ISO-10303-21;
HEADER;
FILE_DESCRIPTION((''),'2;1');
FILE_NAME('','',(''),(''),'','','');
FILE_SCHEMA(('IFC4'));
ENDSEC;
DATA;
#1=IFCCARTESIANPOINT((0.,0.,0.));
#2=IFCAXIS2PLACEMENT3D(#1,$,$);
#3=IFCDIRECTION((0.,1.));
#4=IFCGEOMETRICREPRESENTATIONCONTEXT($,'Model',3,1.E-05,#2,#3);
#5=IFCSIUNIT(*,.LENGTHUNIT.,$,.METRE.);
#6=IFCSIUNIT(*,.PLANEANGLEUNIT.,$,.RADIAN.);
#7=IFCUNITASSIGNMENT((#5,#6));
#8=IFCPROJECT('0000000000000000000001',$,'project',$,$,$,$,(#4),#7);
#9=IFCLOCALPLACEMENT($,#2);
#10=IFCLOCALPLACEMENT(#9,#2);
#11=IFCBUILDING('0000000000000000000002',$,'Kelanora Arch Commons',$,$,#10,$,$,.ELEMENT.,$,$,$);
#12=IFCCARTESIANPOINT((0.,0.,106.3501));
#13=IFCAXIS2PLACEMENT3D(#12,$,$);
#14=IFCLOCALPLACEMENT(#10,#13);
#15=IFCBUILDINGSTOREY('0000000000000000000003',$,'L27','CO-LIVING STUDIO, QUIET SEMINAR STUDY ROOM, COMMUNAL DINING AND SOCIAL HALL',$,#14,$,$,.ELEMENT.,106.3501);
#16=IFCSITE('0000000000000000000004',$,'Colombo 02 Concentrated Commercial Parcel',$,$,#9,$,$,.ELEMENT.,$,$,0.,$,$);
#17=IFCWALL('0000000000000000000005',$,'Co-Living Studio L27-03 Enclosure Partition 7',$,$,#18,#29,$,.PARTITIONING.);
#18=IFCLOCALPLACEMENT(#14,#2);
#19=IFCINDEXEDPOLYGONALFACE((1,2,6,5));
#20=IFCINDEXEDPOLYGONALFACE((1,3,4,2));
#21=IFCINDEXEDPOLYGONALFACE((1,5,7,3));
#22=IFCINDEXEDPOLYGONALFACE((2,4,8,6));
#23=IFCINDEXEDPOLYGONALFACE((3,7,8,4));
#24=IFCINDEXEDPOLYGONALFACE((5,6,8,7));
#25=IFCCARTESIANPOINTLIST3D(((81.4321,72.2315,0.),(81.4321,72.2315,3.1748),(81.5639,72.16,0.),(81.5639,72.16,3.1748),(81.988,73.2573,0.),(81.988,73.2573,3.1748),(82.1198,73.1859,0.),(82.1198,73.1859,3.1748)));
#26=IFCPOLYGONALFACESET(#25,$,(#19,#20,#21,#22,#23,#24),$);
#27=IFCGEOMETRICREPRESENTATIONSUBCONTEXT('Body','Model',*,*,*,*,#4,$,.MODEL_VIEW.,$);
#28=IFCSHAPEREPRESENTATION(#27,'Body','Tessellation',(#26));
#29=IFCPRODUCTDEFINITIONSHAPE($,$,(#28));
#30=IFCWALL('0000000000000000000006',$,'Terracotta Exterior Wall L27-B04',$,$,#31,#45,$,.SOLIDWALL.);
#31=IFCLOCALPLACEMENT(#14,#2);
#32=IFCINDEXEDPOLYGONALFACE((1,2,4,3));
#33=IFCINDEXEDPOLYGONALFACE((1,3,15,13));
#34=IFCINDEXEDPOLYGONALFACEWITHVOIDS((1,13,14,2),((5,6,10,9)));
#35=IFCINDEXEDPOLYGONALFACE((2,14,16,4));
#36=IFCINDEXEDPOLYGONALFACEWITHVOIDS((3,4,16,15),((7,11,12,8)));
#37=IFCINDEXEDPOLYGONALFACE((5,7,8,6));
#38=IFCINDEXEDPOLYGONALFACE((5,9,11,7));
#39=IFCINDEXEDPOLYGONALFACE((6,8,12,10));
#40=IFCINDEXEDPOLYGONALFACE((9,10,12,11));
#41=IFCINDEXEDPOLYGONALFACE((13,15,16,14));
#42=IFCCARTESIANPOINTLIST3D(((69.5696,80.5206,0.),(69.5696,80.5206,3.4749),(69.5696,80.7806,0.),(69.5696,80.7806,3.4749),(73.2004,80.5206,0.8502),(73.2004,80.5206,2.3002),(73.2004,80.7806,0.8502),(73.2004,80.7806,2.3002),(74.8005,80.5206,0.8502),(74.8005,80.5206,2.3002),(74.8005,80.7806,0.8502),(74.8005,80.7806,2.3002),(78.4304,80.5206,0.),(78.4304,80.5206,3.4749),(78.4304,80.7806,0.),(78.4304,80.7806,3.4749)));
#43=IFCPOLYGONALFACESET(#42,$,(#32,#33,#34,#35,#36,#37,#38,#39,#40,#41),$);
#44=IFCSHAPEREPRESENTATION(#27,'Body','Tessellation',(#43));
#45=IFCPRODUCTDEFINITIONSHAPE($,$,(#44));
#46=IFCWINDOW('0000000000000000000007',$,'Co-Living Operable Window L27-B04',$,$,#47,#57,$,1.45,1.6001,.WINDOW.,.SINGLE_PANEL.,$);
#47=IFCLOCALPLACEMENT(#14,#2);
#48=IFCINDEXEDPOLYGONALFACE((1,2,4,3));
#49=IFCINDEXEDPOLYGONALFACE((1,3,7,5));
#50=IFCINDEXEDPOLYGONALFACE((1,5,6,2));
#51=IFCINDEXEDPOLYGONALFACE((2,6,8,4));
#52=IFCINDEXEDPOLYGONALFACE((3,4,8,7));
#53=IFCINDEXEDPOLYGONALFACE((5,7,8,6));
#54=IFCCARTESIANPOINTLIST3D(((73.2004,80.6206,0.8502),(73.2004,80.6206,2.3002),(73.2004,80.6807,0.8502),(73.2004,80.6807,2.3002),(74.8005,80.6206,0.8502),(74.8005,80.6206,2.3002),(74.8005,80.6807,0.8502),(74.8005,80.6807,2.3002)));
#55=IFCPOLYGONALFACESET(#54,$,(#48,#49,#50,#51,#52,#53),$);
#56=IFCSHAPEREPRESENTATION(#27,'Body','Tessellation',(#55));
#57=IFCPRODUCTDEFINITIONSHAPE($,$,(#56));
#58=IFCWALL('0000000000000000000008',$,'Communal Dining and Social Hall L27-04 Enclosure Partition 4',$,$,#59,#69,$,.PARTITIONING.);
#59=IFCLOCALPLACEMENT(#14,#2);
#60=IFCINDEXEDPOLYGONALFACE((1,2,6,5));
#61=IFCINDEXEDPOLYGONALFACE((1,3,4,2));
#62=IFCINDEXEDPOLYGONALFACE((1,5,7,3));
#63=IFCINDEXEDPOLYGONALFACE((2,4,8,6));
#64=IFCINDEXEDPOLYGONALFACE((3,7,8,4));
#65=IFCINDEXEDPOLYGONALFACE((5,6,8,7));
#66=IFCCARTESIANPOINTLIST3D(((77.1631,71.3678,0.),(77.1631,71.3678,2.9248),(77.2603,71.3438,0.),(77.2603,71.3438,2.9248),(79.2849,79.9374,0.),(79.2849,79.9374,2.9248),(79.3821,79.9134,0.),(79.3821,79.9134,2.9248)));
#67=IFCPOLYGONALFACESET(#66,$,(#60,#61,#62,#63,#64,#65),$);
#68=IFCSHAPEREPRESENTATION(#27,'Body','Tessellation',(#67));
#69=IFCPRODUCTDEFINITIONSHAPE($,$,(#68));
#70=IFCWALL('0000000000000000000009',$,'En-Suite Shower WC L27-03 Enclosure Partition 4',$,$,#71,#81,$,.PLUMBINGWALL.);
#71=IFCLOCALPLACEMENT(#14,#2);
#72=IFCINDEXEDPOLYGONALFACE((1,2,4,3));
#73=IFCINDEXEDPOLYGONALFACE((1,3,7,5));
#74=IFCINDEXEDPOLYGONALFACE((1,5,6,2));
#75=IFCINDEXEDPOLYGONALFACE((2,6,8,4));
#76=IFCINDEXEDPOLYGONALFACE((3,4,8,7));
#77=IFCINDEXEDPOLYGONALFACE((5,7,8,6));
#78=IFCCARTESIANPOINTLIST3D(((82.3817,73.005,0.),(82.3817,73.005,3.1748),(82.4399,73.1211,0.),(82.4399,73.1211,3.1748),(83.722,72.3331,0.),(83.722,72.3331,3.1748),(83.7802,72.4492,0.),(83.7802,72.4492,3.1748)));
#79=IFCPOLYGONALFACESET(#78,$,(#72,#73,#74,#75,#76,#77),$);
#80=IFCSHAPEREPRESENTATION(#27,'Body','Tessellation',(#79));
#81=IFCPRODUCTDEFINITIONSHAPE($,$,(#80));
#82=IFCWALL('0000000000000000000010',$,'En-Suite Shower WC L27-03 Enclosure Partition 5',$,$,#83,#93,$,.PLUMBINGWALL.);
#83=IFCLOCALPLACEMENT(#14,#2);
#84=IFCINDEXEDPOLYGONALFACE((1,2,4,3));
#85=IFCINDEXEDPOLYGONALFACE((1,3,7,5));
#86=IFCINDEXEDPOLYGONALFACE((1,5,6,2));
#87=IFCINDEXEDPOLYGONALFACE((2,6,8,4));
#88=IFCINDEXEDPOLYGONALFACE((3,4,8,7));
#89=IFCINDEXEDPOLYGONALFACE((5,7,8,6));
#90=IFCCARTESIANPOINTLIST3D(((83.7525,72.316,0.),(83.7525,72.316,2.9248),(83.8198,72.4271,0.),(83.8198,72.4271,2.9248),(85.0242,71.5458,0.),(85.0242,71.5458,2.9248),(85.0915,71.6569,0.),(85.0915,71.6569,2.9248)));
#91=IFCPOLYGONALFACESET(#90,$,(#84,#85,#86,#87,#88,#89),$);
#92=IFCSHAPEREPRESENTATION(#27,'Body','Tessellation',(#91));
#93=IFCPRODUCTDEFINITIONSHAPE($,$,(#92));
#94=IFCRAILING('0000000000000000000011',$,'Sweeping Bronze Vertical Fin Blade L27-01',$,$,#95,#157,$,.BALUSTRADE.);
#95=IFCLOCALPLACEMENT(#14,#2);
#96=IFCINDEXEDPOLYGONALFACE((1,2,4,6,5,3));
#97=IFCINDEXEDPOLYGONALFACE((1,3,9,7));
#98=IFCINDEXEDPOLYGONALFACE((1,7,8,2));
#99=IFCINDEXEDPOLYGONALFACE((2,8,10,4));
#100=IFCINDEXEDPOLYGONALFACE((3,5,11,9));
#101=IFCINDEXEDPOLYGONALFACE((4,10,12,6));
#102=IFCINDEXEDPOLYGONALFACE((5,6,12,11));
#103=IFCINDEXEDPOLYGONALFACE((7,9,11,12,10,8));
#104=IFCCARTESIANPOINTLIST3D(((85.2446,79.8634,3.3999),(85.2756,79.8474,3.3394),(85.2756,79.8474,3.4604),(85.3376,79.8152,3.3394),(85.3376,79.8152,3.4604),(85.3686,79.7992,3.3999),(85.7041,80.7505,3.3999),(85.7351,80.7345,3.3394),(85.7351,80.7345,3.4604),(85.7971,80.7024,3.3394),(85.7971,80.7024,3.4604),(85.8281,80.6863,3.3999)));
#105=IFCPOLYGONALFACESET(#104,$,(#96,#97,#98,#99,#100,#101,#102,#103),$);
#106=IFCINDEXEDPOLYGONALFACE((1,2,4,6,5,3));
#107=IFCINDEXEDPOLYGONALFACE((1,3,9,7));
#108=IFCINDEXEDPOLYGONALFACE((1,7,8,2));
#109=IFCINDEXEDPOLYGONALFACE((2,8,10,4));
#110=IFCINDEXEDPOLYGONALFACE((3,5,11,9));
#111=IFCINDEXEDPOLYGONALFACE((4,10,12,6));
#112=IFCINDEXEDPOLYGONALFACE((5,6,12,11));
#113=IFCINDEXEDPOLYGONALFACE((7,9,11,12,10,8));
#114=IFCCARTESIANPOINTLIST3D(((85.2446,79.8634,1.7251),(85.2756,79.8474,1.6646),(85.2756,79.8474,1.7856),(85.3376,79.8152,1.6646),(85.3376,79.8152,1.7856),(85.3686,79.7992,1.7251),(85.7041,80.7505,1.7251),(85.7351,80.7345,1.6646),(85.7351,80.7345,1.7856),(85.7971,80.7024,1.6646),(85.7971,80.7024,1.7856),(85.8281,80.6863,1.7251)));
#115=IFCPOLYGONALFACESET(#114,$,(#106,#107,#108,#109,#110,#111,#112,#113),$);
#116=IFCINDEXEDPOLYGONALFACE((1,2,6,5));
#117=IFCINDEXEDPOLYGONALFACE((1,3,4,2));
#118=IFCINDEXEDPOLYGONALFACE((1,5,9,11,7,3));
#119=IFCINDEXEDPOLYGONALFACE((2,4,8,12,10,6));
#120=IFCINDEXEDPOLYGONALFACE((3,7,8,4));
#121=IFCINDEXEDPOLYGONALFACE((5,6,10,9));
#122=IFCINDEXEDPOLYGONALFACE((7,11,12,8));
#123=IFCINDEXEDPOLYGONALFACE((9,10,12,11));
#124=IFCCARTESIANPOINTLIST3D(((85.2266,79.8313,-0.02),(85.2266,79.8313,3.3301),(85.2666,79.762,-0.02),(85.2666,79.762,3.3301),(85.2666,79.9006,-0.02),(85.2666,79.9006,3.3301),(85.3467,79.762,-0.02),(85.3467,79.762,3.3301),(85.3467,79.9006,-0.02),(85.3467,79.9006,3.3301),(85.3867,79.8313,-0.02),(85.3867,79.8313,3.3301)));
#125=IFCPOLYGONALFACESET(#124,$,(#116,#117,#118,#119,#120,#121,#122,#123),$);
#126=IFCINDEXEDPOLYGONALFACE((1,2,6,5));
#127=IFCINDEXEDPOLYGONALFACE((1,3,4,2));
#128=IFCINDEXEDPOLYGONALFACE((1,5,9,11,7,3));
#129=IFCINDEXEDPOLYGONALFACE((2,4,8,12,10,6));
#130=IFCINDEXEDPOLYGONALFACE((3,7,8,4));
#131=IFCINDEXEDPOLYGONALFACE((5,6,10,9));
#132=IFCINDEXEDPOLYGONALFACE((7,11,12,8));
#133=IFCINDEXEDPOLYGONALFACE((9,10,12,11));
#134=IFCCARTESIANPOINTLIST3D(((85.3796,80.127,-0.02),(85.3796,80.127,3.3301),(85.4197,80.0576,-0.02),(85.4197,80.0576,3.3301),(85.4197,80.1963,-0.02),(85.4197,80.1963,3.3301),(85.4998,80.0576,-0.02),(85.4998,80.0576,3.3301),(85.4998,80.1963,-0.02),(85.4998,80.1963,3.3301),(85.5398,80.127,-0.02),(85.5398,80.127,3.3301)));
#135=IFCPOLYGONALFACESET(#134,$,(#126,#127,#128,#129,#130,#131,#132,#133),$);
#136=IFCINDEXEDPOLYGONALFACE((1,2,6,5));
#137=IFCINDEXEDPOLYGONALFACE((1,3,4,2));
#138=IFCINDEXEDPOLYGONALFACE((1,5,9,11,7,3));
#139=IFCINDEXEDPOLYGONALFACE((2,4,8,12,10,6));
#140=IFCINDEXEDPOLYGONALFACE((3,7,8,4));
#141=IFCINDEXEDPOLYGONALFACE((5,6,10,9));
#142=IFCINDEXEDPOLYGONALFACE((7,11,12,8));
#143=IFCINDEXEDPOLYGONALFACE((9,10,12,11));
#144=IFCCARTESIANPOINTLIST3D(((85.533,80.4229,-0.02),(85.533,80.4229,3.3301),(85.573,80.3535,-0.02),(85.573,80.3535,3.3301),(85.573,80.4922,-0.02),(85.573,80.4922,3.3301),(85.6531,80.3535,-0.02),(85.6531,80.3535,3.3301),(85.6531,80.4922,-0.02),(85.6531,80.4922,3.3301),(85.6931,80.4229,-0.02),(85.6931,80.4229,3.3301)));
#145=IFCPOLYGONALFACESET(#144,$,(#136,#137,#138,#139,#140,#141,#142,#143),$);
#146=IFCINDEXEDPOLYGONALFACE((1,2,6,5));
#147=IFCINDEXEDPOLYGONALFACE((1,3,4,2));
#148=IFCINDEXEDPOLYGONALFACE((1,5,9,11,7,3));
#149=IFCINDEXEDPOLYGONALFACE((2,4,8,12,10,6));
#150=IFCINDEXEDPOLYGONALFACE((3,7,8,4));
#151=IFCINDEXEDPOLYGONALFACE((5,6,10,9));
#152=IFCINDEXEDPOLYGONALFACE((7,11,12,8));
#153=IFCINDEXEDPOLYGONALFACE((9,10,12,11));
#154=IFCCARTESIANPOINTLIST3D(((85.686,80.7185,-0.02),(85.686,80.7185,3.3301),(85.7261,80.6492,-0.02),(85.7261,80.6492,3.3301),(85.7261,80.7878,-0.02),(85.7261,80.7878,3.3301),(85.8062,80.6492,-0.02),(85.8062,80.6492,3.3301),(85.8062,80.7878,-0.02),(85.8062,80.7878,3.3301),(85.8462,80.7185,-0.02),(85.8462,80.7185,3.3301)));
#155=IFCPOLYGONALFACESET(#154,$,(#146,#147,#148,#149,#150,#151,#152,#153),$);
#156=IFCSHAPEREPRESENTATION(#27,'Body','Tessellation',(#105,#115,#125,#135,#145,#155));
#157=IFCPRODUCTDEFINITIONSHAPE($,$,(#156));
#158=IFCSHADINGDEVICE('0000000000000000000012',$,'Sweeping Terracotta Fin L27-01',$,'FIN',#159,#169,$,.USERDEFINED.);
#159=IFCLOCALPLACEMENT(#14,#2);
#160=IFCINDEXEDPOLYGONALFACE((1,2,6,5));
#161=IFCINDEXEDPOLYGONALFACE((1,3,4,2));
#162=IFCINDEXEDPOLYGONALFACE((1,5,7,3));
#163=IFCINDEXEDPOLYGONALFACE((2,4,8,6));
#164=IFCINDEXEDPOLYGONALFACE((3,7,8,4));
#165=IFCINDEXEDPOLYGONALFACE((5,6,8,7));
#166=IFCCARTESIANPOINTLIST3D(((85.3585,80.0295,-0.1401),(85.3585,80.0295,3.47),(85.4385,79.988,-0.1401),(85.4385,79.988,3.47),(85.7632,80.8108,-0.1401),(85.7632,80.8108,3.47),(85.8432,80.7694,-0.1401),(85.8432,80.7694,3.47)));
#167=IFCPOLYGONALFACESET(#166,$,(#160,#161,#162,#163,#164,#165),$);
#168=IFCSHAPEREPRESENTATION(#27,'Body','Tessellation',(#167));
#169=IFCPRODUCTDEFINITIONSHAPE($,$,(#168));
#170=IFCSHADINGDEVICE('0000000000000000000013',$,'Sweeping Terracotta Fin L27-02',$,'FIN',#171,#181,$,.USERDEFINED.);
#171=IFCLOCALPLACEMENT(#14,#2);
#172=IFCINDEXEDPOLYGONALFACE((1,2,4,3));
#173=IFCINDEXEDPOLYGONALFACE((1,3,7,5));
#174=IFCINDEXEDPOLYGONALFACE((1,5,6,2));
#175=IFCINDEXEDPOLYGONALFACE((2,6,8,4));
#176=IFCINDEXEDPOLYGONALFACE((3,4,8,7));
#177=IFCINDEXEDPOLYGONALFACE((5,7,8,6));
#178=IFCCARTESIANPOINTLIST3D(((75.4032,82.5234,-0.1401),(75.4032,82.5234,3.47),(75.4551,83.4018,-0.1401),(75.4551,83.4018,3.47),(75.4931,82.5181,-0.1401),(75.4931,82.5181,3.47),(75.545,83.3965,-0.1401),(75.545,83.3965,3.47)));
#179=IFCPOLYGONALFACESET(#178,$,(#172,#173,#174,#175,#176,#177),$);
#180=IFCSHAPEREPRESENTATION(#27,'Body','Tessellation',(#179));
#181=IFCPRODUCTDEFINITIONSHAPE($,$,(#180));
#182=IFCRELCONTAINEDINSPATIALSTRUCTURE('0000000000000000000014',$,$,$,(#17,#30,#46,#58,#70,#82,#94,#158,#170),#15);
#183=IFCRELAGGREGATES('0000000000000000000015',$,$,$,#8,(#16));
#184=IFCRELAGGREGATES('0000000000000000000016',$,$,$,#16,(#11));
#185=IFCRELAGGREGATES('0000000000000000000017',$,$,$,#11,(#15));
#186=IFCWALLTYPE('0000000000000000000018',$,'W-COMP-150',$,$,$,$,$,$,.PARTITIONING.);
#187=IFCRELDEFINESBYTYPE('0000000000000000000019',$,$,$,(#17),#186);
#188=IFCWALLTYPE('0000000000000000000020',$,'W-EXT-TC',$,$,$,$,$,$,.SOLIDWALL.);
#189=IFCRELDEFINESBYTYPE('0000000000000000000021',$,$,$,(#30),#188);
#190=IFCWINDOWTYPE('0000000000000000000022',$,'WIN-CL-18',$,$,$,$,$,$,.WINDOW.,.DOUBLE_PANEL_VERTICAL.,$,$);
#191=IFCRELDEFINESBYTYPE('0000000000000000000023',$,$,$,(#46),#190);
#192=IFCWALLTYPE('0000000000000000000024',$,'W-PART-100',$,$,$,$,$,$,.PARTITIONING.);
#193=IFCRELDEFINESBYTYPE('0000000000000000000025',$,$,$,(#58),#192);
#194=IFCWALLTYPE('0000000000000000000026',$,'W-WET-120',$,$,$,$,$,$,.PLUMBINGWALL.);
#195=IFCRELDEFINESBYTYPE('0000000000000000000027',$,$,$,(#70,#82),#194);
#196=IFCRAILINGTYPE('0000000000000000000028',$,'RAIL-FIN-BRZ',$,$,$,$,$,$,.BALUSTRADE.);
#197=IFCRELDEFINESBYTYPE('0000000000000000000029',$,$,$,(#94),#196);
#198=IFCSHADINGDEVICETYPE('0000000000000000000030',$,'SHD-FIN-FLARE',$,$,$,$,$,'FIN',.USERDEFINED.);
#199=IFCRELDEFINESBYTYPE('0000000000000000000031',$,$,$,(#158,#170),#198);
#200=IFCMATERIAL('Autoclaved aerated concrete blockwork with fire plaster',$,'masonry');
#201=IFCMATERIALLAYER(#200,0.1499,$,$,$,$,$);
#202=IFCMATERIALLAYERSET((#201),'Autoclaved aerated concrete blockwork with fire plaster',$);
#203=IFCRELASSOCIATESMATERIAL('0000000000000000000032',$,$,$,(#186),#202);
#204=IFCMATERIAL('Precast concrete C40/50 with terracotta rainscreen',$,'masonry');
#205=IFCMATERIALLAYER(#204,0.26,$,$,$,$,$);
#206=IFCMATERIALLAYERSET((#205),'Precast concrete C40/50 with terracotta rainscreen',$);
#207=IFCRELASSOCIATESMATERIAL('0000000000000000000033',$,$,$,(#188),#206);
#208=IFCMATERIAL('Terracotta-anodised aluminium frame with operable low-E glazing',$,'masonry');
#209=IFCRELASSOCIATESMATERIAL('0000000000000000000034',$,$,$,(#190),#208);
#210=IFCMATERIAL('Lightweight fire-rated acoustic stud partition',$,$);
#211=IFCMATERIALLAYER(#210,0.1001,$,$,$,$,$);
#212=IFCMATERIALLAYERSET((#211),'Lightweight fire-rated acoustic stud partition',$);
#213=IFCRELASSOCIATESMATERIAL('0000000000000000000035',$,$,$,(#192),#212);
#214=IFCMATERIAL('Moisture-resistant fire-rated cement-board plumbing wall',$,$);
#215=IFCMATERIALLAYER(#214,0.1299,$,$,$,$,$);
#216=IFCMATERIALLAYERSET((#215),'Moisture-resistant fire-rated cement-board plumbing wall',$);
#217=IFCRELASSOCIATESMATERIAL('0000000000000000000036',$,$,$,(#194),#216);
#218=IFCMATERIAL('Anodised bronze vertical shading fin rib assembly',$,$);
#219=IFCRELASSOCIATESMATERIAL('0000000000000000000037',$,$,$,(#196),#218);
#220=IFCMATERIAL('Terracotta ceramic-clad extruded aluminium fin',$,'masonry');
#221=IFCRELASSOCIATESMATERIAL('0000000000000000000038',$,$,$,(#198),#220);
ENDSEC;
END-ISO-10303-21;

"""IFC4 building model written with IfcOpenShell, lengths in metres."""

from ifc_helpers import new_model, si_unit, direction, frame, frame_2d, origin, origin_2d, place, context, subcontext, project, spatial, polyline, rectangle, outline, extrude, source, transform, mapped, material, layer, layer_set, type_object, element, fill, save


model = new_model("IFC4")

# Units and contexts
model_context = context("Model", 3, precision=1e-05, world=origin(), true_north=direction((0.0, 1.0)))
body_context = subcontext(model_context, "Body", "Model", "MODEL_VIEW")
ifc_project = project(units=[si_unit("LENGTHUNIT", "METRE"), si_unit("PLANEANGLEUNIT", "RADIAN")], contexts=[model_context])

# Site, building, storey
site_placement = place(None, origin())
site = spatial("IfcSite", under=ifc_project, at=site_placement, Name="Colombo 02 Concentrated Commercial Parcel", CompositionType="ELEMENT", RefElevation=0.0)
building_placement = place(site_placement, origin())
building = spatial("IfcBuilding", under=site, at=building_placement, Name="Kelanora Arch Commons", CompositionType="ELEMENT")
storey_placement = place(building_placement, frame((0.0, 0.0, 106.3501)))
storey = spatial("IfcBuildingStorey", under=building, at=storey_placement, Name="L27", Description="CO-LIVING STUDIO, QUIET SEMINAR STUDY ROOM, COMMUNAL DINING AND SOCIAL HALL", CompositionType="ELEMENT", Elevation=106.3501)

# Wall
ifc_material_1 = material(Name="Autoclaved aerated concrete blockwork with fire plaster", Category="masonry")
ifc_layer_1 = layer(ifc_material_1, 0.1499)
ifc_layer_set_1 = layer_set([ifc_layer_1], Name="Autoclaved aerated concrete blockwork with fire plaster")
wall_type_1 = type_object("IfcWallType", Name="W-COMP-150", PredefinedType="PARTITIONING", material=ifc_layer_set_1)
wall_1_placement = place(storey_placement, frame((82.054, 73.2217, 0.0), z_axis=(0.0, 0.0, 1.0), x_axis=(-0.476431, -0.879212, 0.0)))
element("IfcWall", 1, at=wall_1_placement, inside=storey, type_object=wall_type_1, Name="Co-Living Studio L27-03 Enclosure Partition 7", PredefinedType="PARTITIONING", context=body_context, shape_type="SweptSolid", body=[
    extrude(rectangle(XDim=1.1667, YDim=0.1499, at=frame_2d((0.5835, 0.0))), origin(), (0.0, 0.0, 1.0), 3.1748),
])

# Wall, opening, window
ifc_material_2 = material(Name="Precast concrete C40/50 with terracotta rainscreen", Category="masonry")
ifc_layer_2 = layer(ifc_material_2, 0.26)
ifc_layer_set_2 = layer_set([ifc_layer_2], Name="Precast concrete C40/50 with terracotta rainscreen")
wall_type_2 = type_object("IfcWallType", Name="W-EXT-TC", PredefinedType="SOLIDWALL", material=ifc_layer_set_2)
wall_2_placement = place(storey_placement, frame((78.4304, 80.6506, 0.0), z_axis=(0.0, 0.0, 1.0), x_axis=(-1.0, 0.0, 0.0)))
wall_2 = element("IfcWall", 2, at=wall_2_placement, inside=storey, type_object=wall_type_2, Name="Terracotta Exterior Wall L27-B04", PredefinedType="SOLIDWALL", context=body_context, shape_type="SweptSolid", body=[
    extrude(rectangle(XDim=8.8608, YDim=0.26, at=frame_2d((4.4304, 0.0))), origin(), (0.0, 0.0, 1.0), 3.4749),
])
opening_placement = place(wall_2_placement, frame((3.6299, 0.0, 0.8501)))
opening = element("IfcOpeningElement", 3, at=opening_placement, cuts=wall_2, PredefinedType="OPENING", context=body_context, shape_type="SweptSolid", body=[
    extrude(rectangle(XDim=1.6001, YDim=1.45, at=frame_2d((0.8, 0.7251))), frame((0.0, 0.1401, 0.0), z_axis=(0.0, -1.0, 0.0), x_axis=(1.0, 0.0, 0.0)), (0.0, 0.0, 1.0), 0.28),
])
ifc_material_3 = material(Name="Terracotta-anodised aluminium frame with operable low-E glazing", Category="masonry")
window_type = type_object("IfcWindowType", Name="WIN-CL-18", PartitioningType="DOUBLE_PANEL_VERTICAL", PredefinedType="WINDOW", material=ifc_material_3)
window_placement = place(opening_placement, origin())
window = element("IfcWindow", 4, at=window_placement, inside=storey, type_object=window_type, Name="Co-Living Operable Window L27-B04", OverallHeight=1.45, OverallWidth=1.6001, PartitioningType="SINGLE_PANEL", PredefinedType="WINDOW", context=body_context, shape_type="SweptSolid", body=[
    extrude(rectangle(XDim=1.6001, YDim=1.45, at=frame_2d((0.8, 0.7251))), frame((0.0, 0.03, 0.0), z_axis=(0.0, -1.0, 0.0), x_axis=(1.0, 0.0, 0.0)), (0.0, 0.0, 1.0), 0.0601),
])
fill(opening, window)

# Walls
ifc_material_4 = material(Name="Lightweight fire-rated acoustic stud partition")
ifc_layer_3 = layer(ifc_material_4, 0.1001)
ifc_layer_set_3 = layer_set([ifc_layer_3], Name="Lightweight fire-rated acoustic stud partition")
wall_type_3 = type_object("IfcWallType", Name="W-PART-100", PredefinedType="PARTITIONING", material=ifc_layer_set_3)
wall_3_placement = place(storey_placement, frame((79.3335, 79.9253, 0.0), z_axis=(0.0, 0.0, 1.0), x_axis=(-0.240342, -0.970688, 0.0)))
element("IfcWall", 5, at=wall_3_placement, inside=storey, type_object=wall_type_3, Name="Communal Dining and Social Hall L27-04 Enclosure Partition 4", PredefinedType="PARTITIONING", context=body_context, shape_type="SweptSolid", body=[
    extrude(rectangle(XDim=8.8284, YDim=0.1001, at=frame_2d((4.4141, 0.0))), origin(), (0.0, 0.0, 1.0), 2.9248),
])
ifc_material_5 = material(Name="Moisture-resistant fire-rated cement-board plumbing wall")
ifc_layer_4 = layer(ifc_material_5, 0.1299)
ifc_layer_set_4 = layer_set([ifc_layer_4], Name="Moisture-resistant fire-rated cement-board plumbing wall")
wall_type_4 = type_object("IfcWallType", Name="W-WET-120", PredefinedType="PLUMBINGWALL", material=ifc_layer_set_4)
wall_4_placement = place(storey_placement, frame((82.4109, 73.063, 0.0), z_axis=(0.0, 0.0, 1.0), x_axis=(0.893971, -0.448125, 0.0)))
element("IfcWall", 6, at=wall_4_placement, inside=storey, type_object=wall_type_4, Name="En-Suite Shower WC L27-03 Enclosure Partition 4", PredefinedType="PLUMBINGWALL", context=body_context, shape_type="SweptSolid", body=[
    extrude(rectangle(XDim=1.4993, YDim=0.1299, at=frame_2d((0.7495, 0.0))), origin(), (0.0, 0.0, 1.0), 3.1748),
])
wall_5_placement = place(storey_placement, frame((83.7861, 72.3716, 0.0), z_axis=(0.0, 0.0, 1.0), x_axis=(0.855341, -0.518065, 0.0)))
element("IfcWall", 7, at=wall_5_placement, inside=storey, type_object=wall_type_4, Name="En-Suite Shower WC L27-03 Enclosure Partition 5", PredefinedType="PLUMBINGWALL", context=body_context, shape_type="SweptSolid", body=[
    extrude(rectangle(XDim=1.4868, YDim=0.1299, at=frame_2d((0.7434, 0.0))), origin(), (0.0, 0.0, 1.0), 2.9248),
])

# Railing
ifc_material_6 = material(Name="Anodised bronze vertical shading fin rib assembly")
railing_type = type_object("IfcRailingType", Name="RAIL-FIN-BRZ", PredefinedType="BALUSTRADE", material=ifc_material_6)
railing_placement = place(storey_placement, frame((85.3066, 79.8313, -0.02)))
element("IfcRailing", 8, at=railing_placement, inside=storey, type_object=railing_type, Name="Sweeping Bronze Vertical Fin Blade L27-01", PredefinedType="BALUSTRADE", context=body_context, shape_type="SweptSolid", body=[
    extrude(outline(polyline([(0.0698, 0.0), (0.0349, 0.0605), (-0.0349, 0.0605), (-0.0698, 0.0), (-0.0349, -0.0605), (0.0349, -0.0605), (0.0698, 0.0)])), frame((0.0, 0.0, 3.4199), z_axis=(0.459875, 0.887984, 0.0), x_axis=(-0.887984, 0.459875, 0.0)), (0.0, 0.0, 1.0), 0.999),
    extrude(outline(polyline([(0.0698, 0.0), (0.0349, 0.0605), (-0.0349, 0.0605), (-0.0698, 0.0), (-0.0349, -0.0605), (0.0349, -0.0605), (0.0698, 0.0)])), frame((0.0, 0.0, 1.7451), z_axis=(0.459875, 0.887984, 0.0), x_axis=(-0.887984, 0.459875, 0.0)), (0.0, 0.0, 1.0), 0.999),
    extrude(outline(polyline([(0.0801, 0.0), (0.04, 0.0693), (-0.04, 0.0693), (-0.0801, 0.0), (-0.04, -0.0693), (0.04, -0.0693), (0.0801, 0.0)])), origin(), (0.0, 0.0, 1.0), 3.3501),
    extrude(outline(polyline([(0.0801, 0.0), (0.04, 0.0693), (-0.04, 0.0693), (-0.0801, 0.0), (-0.04, -0.0693), (0.04, -0.0693), (0.0801, 0.0)])), frame((0.1531, 0.2957, 0.0)), (0.0, 0.0, 1.0), 3.3501),
    extrude(outline(polyline([(0.0801, 0.0), (0.04, 0.0693), (-0.04, 0.0693), (-0.0801, 0.0), (-0.04, -0.0693), (0.04, -0.0693), (0.0801, 0.0)])), frame((0.3064, 0.5916, 0.0)), (0.0, 0.0, 1.0), 3.3501),
    extrude(outline(polyline([(0.0801, 0.0), (0.04, 0.0693), (-0.04, 0.0693), (-0.0801, 0.0), (-0.04, -0.0693), (0.04, -0.0693), (0.0801, 0.0)])), frame((0.4595, 0.8872, 0.0)), (0.0, 0.0, 1.0), 3.3501),
])

# Shading devices
ifc_material_7 = material(Name="Terracotta ceramic-clad extruded aluminium fin", Category="masonry")
shading_device_type = type_object("IfcShadingDeviceType", Name="SHD-FIN-FLARE", ElementType="FIN", PredefinedType="USERDEFINED", material=ifc_material_7)
shared_shape_1 = source(origin(), body_context, "Body", "SweptSolid", [
    extrude(rectangle(XDim=0.8799, YDim=0.0901, at=origin_2d()), origin(), (0.0, 0.0, 1.0), 3.6101),
])
for number, where, z_axis, x_axis, name in (
    (9, (85.6008, 80.3994, -0.1401), (0.0, 0.0, 1.0), (0.45989, 0.887976, 0.0), "Sweeping Terracotta Fin L27-01"),
    (10, (75.4741, 82.96, -0.1401), (0.0, 0.0, 1.0), (0.058958, 0.99826, 0.0), "Sweeping Terracotta Fin L27-02"),
):
    element("IfcShadingDevice", number, at=place(storey_placement, frame(where, z_axis=z_axis, x_axis=x_axis)), inside=storey, type_object=shading_device_type, Name=name, ObjectType="FIN", PredefinedType="USERDEFINED", context=body_context, shape_type="MappedRepresentation", body=[
        mapped(shared_shape_1, transform((0.0, 0.0, 0.0), scale=1.0)),
    ])

save(model, "model.ifc")
